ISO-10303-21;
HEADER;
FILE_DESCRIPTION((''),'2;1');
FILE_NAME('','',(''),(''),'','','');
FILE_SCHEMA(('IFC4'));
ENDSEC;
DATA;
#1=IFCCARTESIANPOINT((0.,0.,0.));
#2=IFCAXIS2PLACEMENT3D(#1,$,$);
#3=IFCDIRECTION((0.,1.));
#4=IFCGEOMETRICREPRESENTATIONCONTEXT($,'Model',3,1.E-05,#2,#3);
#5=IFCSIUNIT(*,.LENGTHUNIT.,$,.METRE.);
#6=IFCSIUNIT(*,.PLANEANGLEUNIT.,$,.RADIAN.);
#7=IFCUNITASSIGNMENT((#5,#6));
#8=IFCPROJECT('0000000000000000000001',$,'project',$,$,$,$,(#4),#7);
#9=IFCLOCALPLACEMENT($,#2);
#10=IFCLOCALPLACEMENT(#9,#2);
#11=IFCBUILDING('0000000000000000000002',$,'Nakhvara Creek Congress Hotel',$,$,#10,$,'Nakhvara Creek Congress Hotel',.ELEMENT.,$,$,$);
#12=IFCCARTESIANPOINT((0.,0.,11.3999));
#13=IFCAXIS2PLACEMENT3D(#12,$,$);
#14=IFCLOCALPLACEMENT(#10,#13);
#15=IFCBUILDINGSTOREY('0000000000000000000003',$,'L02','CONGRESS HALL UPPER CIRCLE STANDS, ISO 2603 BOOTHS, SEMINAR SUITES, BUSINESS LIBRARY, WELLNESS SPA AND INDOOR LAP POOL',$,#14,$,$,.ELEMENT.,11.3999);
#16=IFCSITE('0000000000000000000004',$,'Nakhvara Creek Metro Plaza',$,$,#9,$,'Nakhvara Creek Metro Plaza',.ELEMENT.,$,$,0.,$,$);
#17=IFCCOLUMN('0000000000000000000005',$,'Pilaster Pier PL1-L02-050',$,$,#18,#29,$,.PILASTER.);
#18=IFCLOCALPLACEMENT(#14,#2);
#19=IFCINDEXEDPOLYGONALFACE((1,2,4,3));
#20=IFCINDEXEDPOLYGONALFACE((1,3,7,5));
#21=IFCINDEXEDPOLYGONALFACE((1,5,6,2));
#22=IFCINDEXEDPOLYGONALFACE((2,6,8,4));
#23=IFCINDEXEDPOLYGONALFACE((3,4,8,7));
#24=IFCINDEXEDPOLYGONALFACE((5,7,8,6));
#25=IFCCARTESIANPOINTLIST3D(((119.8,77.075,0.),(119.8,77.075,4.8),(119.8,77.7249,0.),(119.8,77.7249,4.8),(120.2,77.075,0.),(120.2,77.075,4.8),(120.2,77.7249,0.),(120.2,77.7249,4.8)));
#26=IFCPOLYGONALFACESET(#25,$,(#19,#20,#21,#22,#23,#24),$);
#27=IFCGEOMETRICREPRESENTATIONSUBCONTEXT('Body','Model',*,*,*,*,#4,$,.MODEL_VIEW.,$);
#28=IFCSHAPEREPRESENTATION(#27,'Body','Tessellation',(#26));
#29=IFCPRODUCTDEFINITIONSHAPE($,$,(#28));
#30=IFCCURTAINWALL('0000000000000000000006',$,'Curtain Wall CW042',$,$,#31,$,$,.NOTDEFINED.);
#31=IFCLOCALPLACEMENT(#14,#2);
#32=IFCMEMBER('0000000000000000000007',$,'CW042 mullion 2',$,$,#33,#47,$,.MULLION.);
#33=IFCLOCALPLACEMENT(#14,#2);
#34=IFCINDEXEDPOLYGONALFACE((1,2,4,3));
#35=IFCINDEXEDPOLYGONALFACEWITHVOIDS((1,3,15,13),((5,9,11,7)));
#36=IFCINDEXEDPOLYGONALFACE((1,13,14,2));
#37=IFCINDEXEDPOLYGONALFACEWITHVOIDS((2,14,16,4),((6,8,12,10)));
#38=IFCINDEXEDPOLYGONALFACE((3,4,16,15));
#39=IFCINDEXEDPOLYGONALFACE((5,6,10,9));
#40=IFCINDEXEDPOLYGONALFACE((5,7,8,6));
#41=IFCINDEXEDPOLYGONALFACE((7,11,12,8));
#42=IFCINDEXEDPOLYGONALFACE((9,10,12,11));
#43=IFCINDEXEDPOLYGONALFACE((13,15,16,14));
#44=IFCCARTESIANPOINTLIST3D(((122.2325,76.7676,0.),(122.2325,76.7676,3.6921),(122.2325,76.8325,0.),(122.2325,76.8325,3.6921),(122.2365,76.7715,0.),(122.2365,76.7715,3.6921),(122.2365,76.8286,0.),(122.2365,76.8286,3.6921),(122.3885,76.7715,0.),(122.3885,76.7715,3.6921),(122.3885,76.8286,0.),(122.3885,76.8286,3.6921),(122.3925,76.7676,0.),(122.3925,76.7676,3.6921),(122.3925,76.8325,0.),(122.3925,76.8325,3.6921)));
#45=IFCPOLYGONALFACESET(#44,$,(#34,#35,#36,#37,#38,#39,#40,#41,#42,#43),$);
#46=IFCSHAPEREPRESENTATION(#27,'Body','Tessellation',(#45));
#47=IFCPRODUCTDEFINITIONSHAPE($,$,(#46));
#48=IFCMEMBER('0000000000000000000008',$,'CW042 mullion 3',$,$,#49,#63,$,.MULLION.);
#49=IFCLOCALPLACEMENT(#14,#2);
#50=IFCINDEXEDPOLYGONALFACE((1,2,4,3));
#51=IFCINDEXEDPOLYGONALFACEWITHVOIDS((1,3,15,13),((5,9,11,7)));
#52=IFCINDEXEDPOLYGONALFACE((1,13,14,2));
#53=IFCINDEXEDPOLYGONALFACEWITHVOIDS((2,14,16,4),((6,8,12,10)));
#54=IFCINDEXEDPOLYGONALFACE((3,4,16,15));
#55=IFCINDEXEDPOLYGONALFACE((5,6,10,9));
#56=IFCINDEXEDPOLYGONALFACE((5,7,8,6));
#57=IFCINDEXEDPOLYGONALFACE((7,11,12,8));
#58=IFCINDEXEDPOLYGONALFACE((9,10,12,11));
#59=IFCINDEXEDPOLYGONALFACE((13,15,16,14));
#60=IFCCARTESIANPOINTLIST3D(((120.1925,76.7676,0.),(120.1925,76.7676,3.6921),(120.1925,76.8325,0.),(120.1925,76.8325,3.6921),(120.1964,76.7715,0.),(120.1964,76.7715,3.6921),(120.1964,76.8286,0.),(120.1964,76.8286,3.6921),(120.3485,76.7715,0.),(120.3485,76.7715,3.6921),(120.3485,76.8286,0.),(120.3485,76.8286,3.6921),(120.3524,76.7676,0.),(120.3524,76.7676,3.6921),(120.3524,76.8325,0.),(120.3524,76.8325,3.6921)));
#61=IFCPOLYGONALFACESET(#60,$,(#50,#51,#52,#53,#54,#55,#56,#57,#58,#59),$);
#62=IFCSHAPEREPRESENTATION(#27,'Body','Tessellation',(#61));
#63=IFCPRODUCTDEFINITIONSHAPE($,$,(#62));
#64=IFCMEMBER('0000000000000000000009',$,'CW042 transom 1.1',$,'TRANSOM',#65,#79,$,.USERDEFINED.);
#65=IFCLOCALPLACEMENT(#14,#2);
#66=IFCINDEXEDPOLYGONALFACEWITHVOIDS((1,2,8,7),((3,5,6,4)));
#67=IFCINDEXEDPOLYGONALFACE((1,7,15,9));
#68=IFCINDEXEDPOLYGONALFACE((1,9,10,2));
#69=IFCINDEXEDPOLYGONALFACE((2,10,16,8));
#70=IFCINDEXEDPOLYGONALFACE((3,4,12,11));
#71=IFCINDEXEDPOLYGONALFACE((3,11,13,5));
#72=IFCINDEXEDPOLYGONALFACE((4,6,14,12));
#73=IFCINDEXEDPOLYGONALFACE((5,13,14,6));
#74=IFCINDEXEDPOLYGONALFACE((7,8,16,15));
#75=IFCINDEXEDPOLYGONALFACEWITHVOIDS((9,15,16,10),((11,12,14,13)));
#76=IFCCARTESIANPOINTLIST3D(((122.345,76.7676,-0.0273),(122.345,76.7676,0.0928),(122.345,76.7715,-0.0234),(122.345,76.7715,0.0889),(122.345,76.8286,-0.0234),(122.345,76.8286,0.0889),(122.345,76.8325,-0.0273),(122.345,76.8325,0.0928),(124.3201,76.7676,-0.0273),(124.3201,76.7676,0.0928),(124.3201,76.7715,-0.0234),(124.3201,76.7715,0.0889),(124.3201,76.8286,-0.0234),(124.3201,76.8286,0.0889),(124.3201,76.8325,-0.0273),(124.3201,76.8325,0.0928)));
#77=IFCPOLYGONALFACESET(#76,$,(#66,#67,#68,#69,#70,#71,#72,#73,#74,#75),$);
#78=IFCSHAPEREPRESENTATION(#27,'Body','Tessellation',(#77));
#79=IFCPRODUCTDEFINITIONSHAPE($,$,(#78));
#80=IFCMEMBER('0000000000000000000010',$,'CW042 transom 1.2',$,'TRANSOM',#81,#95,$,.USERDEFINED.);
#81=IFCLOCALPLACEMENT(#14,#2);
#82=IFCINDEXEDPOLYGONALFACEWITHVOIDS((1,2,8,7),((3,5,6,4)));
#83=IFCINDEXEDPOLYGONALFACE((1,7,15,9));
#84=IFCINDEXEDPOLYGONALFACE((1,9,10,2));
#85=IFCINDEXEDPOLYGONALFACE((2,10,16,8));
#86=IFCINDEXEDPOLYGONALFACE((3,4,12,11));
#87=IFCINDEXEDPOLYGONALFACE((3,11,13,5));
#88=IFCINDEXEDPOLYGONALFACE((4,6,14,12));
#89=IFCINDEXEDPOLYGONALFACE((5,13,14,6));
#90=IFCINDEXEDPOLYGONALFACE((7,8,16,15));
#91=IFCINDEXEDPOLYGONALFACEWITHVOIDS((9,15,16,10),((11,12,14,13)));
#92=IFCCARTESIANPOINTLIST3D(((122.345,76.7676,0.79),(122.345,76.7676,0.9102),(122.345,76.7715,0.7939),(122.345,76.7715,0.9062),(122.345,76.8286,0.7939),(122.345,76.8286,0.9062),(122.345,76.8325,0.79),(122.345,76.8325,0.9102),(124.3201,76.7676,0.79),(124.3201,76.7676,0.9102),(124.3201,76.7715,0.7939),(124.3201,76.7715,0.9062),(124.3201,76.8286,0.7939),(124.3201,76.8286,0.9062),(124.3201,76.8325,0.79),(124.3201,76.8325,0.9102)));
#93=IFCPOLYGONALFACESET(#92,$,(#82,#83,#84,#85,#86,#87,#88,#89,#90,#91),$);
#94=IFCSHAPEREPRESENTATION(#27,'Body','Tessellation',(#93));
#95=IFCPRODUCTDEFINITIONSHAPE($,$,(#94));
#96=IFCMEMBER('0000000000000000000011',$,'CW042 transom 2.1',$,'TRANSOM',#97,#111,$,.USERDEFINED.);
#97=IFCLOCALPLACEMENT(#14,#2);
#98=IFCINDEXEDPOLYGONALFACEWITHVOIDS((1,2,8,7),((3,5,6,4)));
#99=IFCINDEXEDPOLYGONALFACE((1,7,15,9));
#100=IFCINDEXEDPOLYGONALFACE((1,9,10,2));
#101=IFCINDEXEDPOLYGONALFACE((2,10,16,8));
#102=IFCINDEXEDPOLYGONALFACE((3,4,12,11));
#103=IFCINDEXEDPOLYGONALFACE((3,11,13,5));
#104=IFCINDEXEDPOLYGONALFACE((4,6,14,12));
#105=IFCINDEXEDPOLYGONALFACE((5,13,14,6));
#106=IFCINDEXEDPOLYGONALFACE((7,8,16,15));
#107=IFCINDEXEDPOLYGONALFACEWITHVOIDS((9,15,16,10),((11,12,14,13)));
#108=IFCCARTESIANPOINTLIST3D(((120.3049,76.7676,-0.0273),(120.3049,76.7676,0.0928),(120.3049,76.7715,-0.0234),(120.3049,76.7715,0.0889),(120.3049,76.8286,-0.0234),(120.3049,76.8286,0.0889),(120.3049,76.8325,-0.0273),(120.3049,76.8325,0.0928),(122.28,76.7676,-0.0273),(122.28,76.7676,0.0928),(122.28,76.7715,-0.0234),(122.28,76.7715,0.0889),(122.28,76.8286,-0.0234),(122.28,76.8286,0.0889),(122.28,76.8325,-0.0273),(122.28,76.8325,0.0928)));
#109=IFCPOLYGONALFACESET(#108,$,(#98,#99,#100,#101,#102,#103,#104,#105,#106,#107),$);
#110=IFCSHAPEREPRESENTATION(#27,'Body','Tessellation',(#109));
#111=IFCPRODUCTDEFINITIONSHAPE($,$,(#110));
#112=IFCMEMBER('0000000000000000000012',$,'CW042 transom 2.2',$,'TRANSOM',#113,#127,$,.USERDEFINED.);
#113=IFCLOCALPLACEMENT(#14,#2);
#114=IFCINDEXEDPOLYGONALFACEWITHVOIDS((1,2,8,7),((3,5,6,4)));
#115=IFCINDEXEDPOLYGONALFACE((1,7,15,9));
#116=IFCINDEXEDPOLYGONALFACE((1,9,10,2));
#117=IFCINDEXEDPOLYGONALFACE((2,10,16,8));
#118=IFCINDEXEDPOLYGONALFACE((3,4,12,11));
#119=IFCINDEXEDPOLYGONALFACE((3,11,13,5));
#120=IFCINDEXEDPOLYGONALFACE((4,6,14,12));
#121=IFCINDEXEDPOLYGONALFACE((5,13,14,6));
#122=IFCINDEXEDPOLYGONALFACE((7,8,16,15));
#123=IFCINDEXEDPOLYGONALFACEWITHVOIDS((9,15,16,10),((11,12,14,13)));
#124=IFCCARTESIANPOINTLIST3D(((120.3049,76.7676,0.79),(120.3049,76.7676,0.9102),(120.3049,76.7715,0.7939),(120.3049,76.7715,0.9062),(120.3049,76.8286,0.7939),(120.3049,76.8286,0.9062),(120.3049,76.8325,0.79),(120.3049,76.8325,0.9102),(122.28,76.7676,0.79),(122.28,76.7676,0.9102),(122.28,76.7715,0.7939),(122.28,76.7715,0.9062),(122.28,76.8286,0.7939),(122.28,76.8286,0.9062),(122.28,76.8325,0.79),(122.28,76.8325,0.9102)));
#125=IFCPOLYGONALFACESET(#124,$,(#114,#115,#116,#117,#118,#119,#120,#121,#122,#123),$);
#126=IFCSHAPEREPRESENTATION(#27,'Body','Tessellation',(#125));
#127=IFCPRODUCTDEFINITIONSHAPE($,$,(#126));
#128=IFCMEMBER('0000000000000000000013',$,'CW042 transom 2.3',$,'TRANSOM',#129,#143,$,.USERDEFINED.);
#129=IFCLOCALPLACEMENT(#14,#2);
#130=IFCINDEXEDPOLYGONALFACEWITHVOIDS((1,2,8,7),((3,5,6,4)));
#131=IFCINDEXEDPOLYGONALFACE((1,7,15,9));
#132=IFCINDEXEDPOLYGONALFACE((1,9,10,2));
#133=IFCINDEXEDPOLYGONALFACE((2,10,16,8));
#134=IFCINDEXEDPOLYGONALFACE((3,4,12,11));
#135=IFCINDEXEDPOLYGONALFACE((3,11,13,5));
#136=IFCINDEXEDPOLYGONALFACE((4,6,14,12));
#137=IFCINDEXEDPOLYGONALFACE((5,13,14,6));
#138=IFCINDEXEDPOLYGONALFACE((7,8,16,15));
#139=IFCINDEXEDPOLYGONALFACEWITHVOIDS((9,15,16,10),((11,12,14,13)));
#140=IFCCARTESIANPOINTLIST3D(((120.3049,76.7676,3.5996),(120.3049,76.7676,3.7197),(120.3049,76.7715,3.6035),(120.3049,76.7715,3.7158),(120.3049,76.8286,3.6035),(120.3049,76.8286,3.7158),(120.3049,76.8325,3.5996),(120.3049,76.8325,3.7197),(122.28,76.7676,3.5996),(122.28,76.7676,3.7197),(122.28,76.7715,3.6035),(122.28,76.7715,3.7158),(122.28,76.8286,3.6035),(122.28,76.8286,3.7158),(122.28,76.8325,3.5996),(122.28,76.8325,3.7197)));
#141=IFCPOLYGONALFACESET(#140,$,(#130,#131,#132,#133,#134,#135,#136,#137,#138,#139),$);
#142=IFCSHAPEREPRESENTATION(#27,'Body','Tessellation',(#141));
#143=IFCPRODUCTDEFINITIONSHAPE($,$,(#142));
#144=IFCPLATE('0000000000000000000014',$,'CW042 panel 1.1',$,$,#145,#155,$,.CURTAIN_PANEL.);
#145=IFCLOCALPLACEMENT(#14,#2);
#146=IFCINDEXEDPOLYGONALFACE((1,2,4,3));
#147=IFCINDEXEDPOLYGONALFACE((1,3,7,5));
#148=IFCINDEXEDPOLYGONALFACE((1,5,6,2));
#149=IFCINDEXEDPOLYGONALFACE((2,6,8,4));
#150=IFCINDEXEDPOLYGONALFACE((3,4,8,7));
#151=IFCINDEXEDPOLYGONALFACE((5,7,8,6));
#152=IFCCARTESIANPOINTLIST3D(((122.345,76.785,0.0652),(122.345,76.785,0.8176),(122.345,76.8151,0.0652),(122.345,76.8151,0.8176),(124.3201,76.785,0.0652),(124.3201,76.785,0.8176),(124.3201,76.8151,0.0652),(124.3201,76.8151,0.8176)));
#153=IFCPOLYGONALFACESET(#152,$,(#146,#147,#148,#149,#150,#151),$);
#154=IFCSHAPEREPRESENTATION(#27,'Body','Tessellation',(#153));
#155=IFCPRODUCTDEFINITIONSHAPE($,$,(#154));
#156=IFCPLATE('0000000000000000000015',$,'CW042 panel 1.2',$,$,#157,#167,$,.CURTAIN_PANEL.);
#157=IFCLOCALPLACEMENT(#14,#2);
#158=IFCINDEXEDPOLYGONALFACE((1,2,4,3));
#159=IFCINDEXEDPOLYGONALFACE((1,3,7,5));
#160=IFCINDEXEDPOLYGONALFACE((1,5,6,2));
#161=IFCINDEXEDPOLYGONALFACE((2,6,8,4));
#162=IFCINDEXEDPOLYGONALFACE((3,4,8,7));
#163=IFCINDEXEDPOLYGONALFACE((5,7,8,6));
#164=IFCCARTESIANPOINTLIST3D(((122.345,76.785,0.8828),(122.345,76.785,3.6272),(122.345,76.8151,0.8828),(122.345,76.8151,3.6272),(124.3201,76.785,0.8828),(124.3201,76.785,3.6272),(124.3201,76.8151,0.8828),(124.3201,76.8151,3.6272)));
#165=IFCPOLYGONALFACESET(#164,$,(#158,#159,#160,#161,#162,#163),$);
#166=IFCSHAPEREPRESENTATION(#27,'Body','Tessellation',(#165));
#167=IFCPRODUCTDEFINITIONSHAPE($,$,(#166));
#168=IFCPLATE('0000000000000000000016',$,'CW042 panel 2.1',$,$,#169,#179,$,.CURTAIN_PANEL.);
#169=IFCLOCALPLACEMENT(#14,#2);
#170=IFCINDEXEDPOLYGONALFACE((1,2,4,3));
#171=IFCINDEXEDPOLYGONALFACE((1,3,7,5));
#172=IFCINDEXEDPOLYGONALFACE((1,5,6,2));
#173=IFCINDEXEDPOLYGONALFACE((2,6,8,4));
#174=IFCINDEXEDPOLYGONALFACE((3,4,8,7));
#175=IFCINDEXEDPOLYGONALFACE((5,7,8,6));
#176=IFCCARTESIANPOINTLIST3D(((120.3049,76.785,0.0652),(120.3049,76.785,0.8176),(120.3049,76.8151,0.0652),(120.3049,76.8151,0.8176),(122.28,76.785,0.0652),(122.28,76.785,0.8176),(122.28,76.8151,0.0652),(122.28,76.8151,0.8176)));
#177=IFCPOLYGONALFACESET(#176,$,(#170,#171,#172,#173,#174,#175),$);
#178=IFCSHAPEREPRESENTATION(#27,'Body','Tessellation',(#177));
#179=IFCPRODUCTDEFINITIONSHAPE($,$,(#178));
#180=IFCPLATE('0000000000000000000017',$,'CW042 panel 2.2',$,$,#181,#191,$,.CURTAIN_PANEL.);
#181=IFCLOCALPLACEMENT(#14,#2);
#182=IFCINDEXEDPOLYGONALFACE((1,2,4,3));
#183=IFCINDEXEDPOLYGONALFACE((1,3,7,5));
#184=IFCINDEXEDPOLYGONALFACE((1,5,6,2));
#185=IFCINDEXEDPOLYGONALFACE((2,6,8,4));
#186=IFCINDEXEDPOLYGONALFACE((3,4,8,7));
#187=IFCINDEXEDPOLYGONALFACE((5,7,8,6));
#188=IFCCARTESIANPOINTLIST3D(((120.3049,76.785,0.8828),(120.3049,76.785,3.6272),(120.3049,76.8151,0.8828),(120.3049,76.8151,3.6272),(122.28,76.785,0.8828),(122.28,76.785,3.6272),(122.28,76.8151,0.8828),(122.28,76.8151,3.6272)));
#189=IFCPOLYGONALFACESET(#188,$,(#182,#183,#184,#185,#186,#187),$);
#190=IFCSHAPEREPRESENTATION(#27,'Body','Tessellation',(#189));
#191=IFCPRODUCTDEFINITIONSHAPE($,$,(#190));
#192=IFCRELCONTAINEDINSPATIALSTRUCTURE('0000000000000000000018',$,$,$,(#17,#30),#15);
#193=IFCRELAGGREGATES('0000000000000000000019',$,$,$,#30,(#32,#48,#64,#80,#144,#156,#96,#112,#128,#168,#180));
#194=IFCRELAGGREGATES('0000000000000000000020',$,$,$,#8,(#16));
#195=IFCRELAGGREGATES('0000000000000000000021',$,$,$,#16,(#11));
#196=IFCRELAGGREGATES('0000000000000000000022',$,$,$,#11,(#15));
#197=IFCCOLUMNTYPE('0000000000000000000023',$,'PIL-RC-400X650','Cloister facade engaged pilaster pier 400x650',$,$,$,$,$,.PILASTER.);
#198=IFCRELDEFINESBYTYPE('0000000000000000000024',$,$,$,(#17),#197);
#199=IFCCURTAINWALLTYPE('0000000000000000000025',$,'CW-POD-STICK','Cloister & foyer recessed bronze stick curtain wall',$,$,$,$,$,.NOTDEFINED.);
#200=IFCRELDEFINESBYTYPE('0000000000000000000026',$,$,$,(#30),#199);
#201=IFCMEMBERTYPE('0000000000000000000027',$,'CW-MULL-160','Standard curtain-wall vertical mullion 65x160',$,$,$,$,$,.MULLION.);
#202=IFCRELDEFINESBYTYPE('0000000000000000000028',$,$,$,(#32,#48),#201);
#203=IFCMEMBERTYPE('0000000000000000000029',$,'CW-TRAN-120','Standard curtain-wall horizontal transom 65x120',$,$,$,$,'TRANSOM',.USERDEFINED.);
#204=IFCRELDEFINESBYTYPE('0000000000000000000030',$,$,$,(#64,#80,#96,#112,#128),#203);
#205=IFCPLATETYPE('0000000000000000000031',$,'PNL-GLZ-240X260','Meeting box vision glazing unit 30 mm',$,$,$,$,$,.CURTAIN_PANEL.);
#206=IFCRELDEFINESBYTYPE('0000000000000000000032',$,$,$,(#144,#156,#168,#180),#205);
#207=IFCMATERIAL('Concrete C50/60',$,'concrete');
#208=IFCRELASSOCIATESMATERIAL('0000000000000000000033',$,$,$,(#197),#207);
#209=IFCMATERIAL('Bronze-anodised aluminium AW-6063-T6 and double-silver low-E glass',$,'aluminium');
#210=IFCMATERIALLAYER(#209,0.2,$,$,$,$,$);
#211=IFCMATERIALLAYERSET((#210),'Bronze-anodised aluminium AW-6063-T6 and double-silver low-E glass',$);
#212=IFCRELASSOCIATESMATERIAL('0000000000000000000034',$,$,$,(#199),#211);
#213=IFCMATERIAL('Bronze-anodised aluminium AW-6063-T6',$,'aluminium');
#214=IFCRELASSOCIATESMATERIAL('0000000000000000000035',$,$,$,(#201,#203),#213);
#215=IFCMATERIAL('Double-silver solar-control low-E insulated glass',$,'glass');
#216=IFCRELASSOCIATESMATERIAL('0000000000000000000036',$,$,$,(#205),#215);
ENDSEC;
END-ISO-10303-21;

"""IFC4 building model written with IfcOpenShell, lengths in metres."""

from ifc_helpers import new_model, si_unit, direction, frame, origin, origin_2d, place, context, subcontext, project, spatial, rectangle, hollow_rectangle, extrude, material, layer, layer_set, material_profile, profile_set, type_object, element, aggregate, save


model = new_model("IFC4")

# Units and contexts
model_context = context("Model", 3, precision=1e-05, world=origin(), true_north=direction((0.0, 1.0)))
body_context = subcontext(model_context, "Body", "Model", "MODEL_VIEW")
ifc_project = project(units=[si_unit("LENGTHUNIT", "METRE"), si_unit("PLANEANGLEUNIT", "RADIAN")], contexts=[model_context])

# Site, building, storey
site_placement = place(None, origin())
site = spatial("IfcSite", under=ifc_project, at=site_placement, Name="Nakhvara Creek Metro Plaza", LongName="Nakhvara Creek Metro Plaza", CompositionType="ELEMENT", RefElevation=0.0)
building_placement = place(site_placement, origin())
building = spatial("IfcBuilding", under=site, at=building_placement, Name="Nakhvara Creek Congress Hotel", LongName="Nakhvara Creek Congress Hotel", CompositionType="ELEMENT")
storey_placement = place(building_placement, frame((0.0, 0.0, 11.3999)))
storey = spatial("IfcBuildingStorey", under=building, at=storey_placement, Name="L02", Description="CONGRESS HALL UPPER CIRCLE STANDS, ISO 2603 BOOTHS, SEMINAR SUITES, BUSINESS LIBRARY, WELLNESS SPA AND INDOOR LAP POOL", CompositionType="ELEMENT", Elevation=11.3999)

# Column
ifc_material_1 = material(Name="Concrete C50/60", Category="concrete")
ifc_material_profile_1 = material_profile(ifc_material_1, rectangle(XDim=0.3999, YDim=0.6499, at=origin_2d()), Name="RC-PIL 400x650", Category="LoadBearing")
ifc_profile_set_1 = profile_set([ifc_material_profile_1], Name="Concrete C50/60")
column_type = type_object("IfcColumnType", Name="PIL-RC-400X650", Description="Cloister facade engaged pilaster pier 400x650", PredefinedType="PILASTER", material=ifc_profile_set_1)
column_placement = place(storey_placement, frame((120.0, 77.3999, 0.0), z_axis=(0.0, 0.0, 1.0), x_axis=(1.0, 0.0, 0.0)))
element("IfcColumn", 1, at=column_placement, inside=storey, type_object=column_type, Name="Pilaster Pier PL1-L02-050", PredefinedType="PILASTER", context=body_context, shape_type="SweptSolid", body=[
    extrude(rectangle(XDim=0.3999, YDim=0.6499, at=origin_2d()), origin(), (0.0, 0.0, 1.0), 4.8),
])

# Curtain wall, members, plates
ifc_material_2 = material(Name="Bronze-anodised aluminium AW-6063-T6 and double-silver low-E glass", Category="aluminium")
ifc_layer_1 = layer(ifc_material_2, 0.2)
ifc_layer_set_1 = layer_set([ifc_layer_1], Name="Bronze-anodised aluminium AW-6063-T6 and double-silver low-E glass")
curtain_wall_type = type_object("IfcCurtainWallType", Name="CW-POD-STICK", Description="Cloister & foyer recessed bronze stick curtain wall", PredefinedType="NOTDEFINED", material=ifc_layer_set_1)
curtain_wall_placement = place(storey_placement, origin())
curtain_wall = element("IfcCurtainWall", 2, at=curtain_wall_placement, inside=storey, type_object=curtain_wall_type, Name="Curtain Wall CW042", PredefinedType="NOTDEFINED")
ifc_material_3 = material(Name="Bronze-anodised aluminium AW-6063-T6", Category="aluminium")
ifc_material_profile_2 = material_profile(ifc_material_3, hollow_rectangle(XDim=0.0649, YDim=0.1599, WallThickness=0.0039, at=origin_2d()), Name="ALU-MULL 65x160x4", Category="LoadBearing")
ifc_profile_set_2 = profile_set([ifc_material_profile_2], Name="Bronze-anodised aluminium AW-6063-T6")
member_type_1 = type_object("IfcMemberType", Name="CW-MULL-160", Description="Standard curtain-wall vertical mullion 65x160", PredefinedType="MULLION", material=ifc_profile_set_2)
member_1_placement = place(storey_placement, frame((122.3125, 76.8, 0.0), z_axis=(0.0, 0.0, 1.0), x_axis=(0.0, -1.0, 0.0)))
member_1 = element("IfcMember", 3, at=member_1_placement, type_object=member_type_1, Name="CW042 mullion 2", PredefinedType="MULLION", context=body_context, shape_type="SweptSolid", body=[
    extrude(hollow_rectangle(XDim=0.0649, YDim=0.1599, WallThickness=0.0039, at=origin_2d()), origin(), (0.0, 0.0, 1.0), 3.6921),
])
member_2_placement = place(storey_placement, frame((120.2725, 76.8, 0.0), z_axis=(0.0, 0.0, 1.0), x_axis=(0.0, -1.0, 0.0)))
member_2 = element("IfcMember", 4, at=member_2_placement, type_object=member_type_1, Name="CW042 mullion 3", PredefinedType="MULLION", context=body_context, shape_type="SweptSolid", body=[
    extrude(hollow_rectangle(XDim=0.0649, YDim=0.1599, WallThickness=0.0039, at=origin_2d()), origin(), (0.0, 0.0, 1.0), 3.6921),
])
ifc_material_profile_3 = material_profile(ifc_material_3, hollow_rectangle(XDim=0.0649, YDim=0.1201, WallThickness=0.0039, at=origin_2d()), Name="ALU-TRAN 65x120x4", Category="LoadBearing")
ifc_profile_set_3 = profile_set([ifc_material_profile_3], Name="Bronze-anodised aluminium AW-6063-T6")
member_type_2 = type_object("IfcMemberType", Name="CW-TRAN-120", Description="Standard curtain-wall horizontal transom 65x120", ElementType="TRANSOM", PredefinedType="USERDEFINED", material=ifc_profile_set_3)
member_3_placement = place(storey_placement, frame((124.3201, 76.8, 0.0327), z_axis=(-1.0, 0.0, 0.0), x_axis=(0.0, -1.0, 0.0)))
member_3 = element("IfcMember", 5, at=member_3_placement, type_object=member_type_2, Name="CW042 transom 1.1", ObjectType="TRANSOM", PredefinedType="USERDEFINED", context=body_context, shape_type="SweptSolid", body=[
    extrude(hollow_rectangle(XDim=0.0649, YDim=0.1201, WallThickness=0.0039, at=origin_2d()), origin(), (0.0, 0.0, 1.0), 1.9751),
])
member_4_placement = place(storey_placement, frame((124.3201, 76.8, 0.8501), z_axis=(-1.0, 0.0, 0.0), x_axis=(0.0, -1.0, 0.0)))
member_4 = element("IfcMember", 6, at=member_4_placement, type_object=member_type_2, Name="CW042 transom 1.2", ObjectType="TRANSOM", PredefinedType="USERDEFINED", context=body_context, shape_type="SweptSolid", body=[
    extrude(hollow_rectangle(XDim=0.0649, YDim=0.1201, WallThickness=0.0039, at=origin_2d()), origin(), (0.0, 0.0, 1.0), 1.9751),
])
member_5_placement = place(storey_placement, frame((122.28, 76.8, 0.0327), z_axis=(-1.0, 0.0, 0.0), x_axis=(0.0, -1.0, 0.0)))
member_5 = element("IfcMember", 7, at=member_5_placement, type_object=member_type_2, Name="CW042 transom 2.1", ObjectType="TRANSOM", PredefinedType="USERDEFINED", context=body_context, shape_type="SweptSolid", body=[
    extrude(hollow_rectangle(XDim=0.0649, YDim=0.1201, WallThickness=0.0039, at=origin_2d()), origin(), (0.0, 0.0, 1.0), 1.9751),
])
member_6_placement = place(storey_placement, frame((122.28, 76.8, 0.8501), z_axis=(-1.0, 0.0, 0.0), x_axis=(0.0, -1.0, 0.0)))
member_6 = element("IfcMember", 8, at=member_6_placement, type_object=member_type_2, Name="CW042 transom 2.2", ObjectType="TRANSOM", PredefinedType="USERDEFINED", context=body_context, shape_type="SweptSolid", body=[
    extrude(hollow_rectangle(XDim=0.0649, YDim=0.1201, WallThickness=0.0039, at=origin_2d()), origin(), (0.0, 0.0, 1.0), 1.9751),
])
member_7_placement = place(storey_placement, frame((122.28, 76.8, 3.6597), z_axis=(-1.0, 0.0, 0.0), x_axis=(0.0, -1.0, 0.0)))
member_7 = element("IfcMember", 9, at=member_7_placement, type_object=member_type_2, Name="CW042 transom 2.3", ObjectType="TRANSOM", PredefinedType="USERDEFINED", context=body_context, shape_type="SweptSolid", body=[
    extrude(hollow_rectangle(XDim=0.0649, YDim=0.1201, WallThickness=0.0039, at=origin_2d()), origin(), (0.0, 0.0, 1.0), 1.9751),
])
ifc_material_4 = material(Name="Double-silver solar-control low-E insulated glass", Category="glass")
plate_type = type_object("IfcPlateType", Name="PNL-GLZ-240X260", Description="Meeting box vision glazing unit 30 mm", PredefinedType="CURTAIN_PANEL", material=ifc_material_4)
plate_1_placement = place(storey_placement, frame((123.3325, 76.8, 0.0652), z_axis=(0.0, 0.0, 1.0), x_axis=(-1.0, 0.0, 0.0)))
plate_1 = element("IfcPlate", 10, at=plate_1_placement, type_object=plate_type, Name="CW042 panel 1.1", PredefinedType="CURTAIN_PANEL", context=body_context, shape_type="SweptSolid", body=[
    extrude(rectangle(XDim=1.9751, YDim=0.03, at=origin_2d()), origin(), (0.0, 0.0, 1.0), 0.7524),
])
plate_2_placement = place(storey_placement, frame((123.3325, 76.8, 0.8828), z_axis=(0.0, 0.0, 1.0), x_axis=(-1.0, 0.0, 0.0)))
plate_2 = element("IfcPlate", 11, at=plate_2_placement, type_object=plate_type, Name="CW042 panel 1.2", PredefinedType="CURTAIN_PANEL", context=body_context, shape_type="SweptSolid", body=[
    extrude(rectangle(XDim=1.9751, YDim=0.03, at=origin_2d()), origin(), (0.0, 0.0, 1.0), 2.7444),
])
plate_3_placement = place(storey_placement, frame((121.2925, 76.8, 0.0652), z_axis=(0.0, 0.0, 1.0), x_axis=(-1.0, 0.0, 0.0)))
plate_3 = element("IfcPlate", 12, at=plate_3_placement, type_object=plate_type, Name="CW042 panel 2.1", PredefinedType="CURTAIN_PANEL", context=body_context, shape_type="SweptSolid", body=[
    extrude(rectangle(XDim=1.9751, YDim=0.03, at=origin_2d()), origin(), (0.0, 0.0, 1.0), 0.7524),
])
plate_4_placement = place(storey_placement, frame((121.2925, 76.8, 0.8828), z_axis=(0.0, 0.0, 1.0), x_axis=(-1.0, 0.0, 0.0)))
plate_4 = element("IfcPlate", 13, at=plate_4_placement, type_object=plate_type, Name="CW042 panel 2.2", PredefinedType="CURTAIN_PANEL", context=body_context, shape_type="SweptSolid", body=[
    extrude(rectangle(XDim=1.9751, YDim=0.03, at=origin_2d()), origin(), (0.0, 0.0, 1.0), 2.7444),
])
aggregate(curtain_wall, [member_1, member_2, member_3, member_4, plate_1, plate_2, member_5, member_6, member_7, plate_3, plate_4])

save(model, "model.ifc")
